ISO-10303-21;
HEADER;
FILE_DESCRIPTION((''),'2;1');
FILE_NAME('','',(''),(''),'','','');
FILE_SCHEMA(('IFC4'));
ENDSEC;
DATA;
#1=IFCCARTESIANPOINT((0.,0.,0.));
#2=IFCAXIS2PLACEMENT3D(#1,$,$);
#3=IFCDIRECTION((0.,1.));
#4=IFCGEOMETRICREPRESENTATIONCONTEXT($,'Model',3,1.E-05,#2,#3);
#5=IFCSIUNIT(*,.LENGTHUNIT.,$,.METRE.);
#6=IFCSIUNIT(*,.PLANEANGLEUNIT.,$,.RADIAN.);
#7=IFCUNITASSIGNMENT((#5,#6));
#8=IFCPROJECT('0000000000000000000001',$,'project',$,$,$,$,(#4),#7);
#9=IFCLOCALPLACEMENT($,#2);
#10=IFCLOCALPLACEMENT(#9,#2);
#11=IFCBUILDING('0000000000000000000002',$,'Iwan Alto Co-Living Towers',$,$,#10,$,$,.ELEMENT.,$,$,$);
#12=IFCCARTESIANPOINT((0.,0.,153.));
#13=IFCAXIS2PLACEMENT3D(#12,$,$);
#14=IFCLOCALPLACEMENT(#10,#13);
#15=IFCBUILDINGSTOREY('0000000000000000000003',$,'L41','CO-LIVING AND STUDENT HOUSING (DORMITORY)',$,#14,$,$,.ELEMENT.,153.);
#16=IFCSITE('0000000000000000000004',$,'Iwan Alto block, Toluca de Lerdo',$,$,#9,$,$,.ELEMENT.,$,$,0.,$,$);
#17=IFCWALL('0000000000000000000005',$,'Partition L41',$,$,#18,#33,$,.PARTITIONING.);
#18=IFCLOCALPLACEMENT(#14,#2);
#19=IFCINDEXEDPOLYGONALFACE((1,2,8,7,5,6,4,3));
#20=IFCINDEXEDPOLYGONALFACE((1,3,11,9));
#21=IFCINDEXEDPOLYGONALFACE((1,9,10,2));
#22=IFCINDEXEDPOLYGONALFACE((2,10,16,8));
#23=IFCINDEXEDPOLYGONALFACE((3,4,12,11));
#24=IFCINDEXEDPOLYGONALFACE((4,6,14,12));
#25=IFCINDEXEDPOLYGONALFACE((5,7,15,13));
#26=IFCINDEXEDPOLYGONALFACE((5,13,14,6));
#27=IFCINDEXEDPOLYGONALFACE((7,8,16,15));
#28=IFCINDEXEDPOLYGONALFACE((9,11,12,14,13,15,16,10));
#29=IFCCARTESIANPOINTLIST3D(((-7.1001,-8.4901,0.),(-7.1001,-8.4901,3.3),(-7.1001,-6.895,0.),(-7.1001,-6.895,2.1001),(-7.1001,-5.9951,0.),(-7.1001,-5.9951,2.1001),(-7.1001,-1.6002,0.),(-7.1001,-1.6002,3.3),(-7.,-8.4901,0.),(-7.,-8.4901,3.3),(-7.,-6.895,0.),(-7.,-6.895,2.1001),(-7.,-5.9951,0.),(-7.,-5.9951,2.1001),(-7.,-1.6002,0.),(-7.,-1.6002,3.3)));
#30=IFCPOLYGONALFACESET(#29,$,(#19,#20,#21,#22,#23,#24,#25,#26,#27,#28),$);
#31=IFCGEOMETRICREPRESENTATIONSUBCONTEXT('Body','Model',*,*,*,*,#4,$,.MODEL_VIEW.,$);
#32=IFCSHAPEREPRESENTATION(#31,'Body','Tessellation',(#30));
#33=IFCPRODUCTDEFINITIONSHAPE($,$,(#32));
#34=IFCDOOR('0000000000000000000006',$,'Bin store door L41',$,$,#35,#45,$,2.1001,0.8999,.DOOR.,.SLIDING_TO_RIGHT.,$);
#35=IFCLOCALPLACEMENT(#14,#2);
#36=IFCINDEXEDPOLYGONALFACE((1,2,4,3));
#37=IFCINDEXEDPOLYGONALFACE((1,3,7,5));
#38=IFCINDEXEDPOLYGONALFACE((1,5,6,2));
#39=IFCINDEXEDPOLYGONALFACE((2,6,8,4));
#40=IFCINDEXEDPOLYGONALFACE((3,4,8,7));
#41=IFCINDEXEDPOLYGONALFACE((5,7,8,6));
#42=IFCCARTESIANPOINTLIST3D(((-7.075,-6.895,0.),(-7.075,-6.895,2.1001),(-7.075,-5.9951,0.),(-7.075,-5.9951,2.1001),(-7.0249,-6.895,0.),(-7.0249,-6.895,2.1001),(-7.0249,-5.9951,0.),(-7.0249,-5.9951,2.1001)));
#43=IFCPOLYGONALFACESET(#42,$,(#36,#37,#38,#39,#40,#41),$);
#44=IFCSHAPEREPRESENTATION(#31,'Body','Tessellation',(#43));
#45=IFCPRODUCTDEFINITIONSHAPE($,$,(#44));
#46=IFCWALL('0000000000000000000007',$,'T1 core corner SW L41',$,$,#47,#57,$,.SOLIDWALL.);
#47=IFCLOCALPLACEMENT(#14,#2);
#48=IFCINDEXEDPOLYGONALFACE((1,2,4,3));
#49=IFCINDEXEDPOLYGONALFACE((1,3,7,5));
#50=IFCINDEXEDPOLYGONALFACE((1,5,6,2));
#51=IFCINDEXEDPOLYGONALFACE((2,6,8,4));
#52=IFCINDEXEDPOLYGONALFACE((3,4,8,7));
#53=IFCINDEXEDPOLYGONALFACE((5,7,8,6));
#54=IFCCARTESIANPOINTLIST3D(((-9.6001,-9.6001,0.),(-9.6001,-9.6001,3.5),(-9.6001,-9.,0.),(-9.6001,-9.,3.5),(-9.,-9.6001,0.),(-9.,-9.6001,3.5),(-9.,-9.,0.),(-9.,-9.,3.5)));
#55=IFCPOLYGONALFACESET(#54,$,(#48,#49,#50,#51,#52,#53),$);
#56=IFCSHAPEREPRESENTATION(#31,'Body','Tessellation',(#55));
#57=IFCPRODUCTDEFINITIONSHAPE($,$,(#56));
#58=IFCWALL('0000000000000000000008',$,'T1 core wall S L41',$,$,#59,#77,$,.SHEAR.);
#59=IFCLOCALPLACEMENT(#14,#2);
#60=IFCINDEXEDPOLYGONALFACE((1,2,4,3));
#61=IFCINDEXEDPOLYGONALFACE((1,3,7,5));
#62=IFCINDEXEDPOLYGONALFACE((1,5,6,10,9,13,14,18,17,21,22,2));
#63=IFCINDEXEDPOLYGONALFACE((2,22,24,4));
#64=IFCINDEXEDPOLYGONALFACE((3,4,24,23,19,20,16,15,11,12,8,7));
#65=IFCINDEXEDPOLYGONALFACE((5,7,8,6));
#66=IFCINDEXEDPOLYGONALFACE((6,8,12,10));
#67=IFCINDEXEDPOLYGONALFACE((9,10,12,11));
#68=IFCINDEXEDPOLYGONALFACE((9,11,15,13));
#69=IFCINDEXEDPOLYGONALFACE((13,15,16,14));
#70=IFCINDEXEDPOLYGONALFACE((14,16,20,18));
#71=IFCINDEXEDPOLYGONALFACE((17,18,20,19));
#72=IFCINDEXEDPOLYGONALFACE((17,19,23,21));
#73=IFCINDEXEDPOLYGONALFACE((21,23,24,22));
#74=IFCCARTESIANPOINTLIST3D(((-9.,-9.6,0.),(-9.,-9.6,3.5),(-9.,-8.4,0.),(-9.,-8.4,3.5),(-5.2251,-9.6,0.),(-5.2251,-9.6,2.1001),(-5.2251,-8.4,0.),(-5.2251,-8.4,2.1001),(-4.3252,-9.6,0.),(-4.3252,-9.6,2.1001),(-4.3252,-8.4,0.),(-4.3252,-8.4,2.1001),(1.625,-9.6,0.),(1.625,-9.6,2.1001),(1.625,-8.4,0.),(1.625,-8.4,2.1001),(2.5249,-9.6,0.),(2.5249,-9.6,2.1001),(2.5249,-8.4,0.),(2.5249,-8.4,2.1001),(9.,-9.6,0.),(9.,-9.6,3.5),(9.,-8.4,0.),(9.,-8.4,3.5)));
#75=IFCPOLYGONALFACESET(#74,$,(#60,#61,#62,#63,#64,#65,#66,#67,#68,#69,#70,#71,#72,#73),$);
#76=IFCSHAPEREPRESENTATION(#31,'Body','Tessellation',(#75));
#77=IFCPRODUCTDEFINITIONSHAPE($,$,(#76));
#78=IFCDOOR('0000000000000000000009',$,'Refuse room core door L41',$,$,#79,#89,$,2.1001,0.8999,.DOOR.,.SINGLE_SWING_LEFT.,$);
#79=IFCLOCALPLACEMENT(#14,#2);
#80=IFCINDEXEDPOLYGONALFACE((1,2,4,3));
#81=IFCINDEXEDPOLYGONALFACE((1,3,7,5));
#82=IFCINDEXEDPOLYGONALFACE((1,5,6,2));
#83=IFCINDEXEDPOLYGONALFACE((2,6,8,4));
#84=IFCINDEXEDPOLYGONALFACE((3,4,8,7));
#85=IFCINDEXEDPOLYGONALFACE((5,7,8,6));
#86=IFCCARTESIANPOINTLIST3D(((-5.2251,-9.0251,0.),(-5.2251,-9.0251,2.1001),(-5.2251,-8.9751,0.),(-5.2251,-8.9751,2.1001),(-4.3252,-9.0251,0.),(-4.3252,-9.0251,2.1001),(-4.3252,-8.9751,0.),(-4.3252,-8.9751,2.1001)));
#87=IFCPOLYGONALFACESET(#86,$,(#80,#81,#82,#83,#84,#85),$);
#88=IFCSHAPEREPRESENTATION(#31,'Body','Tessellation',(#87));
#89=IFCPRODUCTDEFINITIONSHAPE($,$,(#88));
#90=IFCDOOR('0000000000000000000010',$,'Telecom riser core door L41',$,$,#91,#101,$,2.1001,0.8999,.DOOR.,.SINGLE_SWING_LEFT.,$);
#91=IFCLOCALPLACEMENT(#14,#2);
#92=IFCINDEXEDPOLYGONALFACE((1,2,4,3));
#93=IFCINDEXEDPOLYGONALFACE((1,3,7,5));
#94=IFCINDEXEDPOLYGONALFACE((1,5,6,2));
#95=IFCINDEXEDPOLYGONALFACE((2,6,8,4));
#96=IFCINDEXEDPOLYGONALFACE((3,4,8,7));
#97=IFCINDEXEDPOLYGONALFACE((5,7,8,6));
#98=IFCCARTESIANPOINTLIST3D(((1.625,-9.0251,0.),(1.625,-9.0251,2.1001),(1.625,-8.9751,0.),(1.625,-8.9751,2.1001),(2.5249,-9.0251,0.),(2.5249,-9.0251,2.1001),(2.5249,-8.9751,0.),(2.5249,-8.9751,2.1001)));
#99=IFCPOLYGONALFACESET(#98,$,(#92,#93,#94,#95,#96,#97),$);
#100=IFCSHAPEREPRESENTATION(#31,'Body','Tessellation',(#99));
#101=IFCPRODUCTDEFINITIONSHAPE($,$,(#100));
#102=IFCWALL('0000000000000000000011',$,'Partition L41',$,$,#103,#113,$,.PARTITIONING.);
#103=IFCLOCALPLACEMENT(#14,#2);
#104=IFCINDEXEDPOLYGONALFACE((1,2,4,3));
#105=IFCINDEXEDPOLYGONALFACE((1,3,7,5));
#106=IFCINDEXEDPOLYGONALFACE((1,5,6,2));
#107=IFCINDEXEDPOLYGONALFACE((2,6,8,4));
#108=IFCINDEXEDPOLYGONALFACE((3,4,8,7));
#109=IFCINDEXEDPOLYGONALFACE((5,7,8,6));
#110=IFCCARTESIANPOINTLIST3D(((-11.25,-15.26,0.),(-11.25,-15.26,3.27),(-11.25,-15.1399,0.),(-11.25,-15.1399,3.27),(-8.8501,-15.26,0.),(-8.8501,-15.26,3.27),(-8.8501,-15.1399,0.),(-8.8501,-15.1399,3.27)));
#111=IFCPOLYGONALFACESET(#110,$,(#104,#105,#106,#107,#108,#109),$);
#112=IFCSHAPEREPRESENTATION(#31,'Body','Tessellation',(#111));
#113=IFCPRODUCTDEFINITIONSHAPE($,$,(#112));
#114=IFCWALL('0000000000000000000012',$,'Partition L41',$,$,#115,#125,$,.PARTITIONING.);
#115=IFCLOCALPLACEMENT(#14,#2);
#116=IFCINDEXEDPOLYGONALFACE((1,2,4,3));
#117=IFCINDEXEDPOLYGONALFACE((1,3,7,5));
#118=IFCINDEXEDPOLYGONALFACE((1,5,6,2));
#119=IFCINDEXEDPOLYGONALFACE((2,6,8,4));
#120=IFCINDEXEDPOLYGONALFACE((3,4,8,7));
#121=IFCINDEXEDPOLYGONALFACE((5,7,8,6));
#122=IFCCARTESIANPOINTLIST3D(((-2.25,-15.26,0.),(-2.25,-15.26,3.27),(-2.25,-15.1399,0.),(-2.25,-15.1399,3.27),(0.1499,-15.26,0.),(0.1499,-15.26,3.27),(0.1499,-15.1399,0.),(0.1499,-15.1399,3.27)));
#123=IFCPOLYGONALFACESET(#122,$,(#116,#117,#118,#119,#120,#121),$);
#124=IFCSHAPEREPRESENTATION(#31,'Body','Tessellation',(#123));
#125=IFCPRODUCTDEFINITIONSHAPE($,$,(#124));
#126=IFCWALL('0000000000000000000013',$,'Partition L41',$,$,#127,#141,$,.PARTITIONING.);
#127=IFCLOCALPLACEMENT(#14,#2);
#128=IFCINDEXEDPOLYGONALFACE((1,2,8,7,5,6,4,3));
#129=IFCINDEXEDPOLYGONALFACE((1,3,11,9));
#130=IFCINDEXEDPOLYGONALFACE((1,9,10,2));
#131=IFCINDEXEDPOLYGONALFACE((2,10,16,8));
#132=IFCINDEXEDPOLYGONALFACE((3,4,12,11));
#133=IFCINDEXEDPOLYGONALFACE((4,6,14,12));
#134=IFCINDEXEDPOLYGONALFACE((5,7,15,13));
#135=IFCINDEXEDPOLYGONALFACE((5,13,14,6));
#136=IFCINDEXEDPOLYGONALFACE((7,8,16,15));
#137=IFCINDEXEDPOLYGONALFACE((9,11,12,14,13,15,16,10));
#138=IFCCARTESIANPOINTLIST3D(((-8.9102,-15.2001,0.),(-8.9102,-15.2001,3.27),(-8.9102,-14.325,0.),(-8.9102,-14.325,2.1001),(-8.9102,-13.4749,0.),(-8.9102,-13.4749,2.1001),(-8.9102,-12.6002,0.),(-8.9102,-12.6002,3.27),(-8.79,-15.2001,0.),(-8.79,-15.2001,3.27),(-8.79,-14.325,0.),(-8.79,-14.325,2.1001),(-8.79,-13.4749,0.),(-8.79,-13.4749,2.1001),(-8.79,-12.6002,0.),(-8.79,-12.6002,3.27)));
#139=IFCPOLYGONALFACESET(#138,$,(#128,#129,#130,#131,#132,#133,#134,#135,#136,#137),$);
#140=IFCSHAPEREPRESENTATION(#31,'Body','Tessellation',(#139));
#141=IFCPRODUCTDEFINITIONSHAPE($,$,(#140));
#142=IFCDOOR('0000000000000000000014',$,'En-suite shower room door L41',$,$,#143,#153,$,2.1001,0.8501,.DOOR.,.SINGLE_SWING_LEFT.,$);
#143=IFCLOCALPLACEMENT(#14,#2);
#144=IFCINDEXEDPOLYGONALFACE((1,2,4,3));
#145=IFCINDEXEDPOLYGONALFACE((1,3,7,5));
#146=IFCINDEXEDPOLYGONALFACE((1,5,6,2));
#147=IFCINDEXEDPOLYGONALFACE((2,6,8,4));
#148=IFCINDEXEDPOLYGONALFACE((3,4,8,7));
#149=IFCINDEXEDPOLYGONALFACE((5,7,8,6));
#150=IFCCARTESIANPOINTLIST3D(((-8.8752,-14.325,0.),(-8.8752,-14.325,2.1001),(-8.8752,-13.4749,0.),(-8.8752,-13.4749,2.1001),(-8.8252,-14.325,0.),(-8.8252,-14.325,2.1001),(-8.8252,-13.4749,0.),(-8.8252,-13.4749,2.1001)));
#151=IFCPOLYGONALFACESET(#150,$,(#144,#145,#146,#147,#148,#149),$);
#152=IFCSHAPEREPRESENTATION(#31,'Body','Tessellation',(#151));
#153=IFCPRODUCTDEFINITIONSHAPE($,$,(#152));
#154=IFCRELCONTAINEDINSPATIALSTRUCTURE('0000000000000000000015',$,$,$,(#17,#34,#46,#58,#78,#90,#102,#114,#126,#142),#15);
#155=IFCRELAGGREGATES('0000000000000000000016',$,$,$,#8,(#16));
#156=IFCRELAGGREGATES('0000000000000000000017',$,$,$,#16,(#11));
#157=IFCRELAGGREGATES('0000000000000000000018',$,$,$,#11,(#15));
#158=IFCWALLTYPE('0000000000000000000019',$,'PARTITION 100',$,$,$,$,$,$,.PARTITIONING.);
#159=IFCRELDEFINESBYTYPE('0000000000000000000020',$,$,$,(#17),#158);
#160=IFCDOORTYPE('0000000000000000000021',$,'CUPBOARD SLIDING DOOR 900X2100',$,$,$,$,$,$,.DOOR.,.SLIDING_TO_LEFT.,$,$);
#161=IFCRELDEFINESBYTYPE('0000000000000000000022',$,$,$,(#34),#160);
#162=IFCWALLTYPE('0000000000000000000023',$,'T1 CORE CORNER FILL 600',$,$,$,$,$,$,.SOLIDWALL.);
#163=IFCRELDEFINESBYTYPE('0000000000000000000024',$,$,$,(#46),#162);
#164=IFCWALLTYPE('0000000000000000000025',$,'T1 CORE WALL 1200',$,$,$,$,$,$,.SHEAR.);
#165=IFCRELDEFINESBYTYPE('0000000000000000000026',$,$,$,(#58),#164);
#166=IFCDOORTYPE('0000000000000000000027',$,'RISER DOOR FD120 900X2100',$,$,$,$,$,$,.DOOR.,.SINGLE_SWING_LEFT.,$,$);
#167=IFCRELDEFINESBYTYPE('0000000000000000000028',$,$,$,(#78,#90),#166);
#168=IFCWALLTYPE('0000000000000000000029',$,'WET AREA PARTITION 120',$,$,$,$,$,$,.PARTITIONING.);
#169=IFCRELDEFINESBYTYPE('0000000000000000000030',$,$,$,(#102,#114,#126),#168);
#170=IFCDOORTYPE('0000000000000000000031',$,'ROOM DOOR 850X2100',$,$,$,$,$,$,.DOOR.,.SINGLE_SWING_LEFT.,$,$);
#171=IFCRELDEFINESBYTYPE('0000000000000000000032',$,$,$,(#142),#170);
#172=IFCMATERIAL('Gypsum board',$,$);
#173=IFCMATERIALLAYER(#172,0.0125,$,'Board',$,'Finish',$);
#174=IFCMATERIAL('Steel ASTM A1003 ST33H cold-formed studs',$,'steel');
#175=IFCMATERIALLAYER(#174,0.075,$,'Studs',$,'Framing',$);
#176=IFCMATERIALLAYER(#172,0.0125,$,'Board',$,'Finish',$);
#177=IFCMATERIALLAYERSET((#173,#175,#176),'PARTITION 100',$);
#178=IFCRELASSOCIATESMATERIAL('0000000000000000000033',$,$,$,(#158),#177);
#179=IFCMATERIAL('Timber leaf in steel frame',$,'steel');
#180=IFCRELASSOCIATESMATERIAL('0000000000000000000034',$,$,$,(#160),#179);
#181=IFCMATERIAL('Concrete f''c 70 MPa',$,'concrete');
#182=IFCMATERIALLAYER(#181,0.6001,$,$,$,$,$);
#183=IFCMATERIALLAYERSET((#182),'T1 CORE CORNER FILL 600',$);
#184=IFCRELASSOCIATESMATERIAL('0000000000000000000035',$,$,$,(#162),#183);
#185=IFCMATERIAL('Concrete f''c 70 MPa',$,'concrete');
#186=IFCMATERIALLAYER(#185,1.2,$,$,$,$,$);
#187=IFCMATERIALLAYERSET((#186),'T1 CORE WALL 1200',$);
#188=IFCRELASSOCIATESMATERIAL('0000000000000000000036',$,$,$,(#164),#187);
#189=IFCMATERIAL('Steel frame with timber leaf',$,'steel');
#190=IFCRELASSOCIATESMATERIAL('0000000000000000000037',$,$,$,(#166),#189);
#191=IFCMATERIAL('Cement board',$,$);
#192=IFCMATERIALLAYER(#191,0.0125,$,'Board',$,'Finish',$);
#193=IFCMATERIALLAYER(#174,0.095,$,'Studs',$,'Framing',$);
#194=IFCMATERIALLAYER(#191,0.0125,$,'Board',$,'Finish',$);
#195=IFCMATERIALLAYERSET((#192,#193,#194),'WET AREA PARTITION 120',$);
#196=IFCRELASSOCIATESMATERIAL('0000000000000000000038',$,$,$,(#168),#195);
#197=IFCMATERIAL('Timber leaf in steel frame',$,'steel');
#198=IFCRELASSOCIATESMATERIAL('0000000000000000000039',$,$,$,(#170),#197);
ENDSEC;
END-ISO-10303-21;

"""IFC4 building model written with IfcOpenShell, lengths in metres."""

from ifc_helpers import new_model, si_unit, direction, frame, frame_2d, origin, place, context, subcontext, project, spatial, rectangle, extrude, material, layer, layer_set, type_object, element, fill, save


model = new_model("IFC4")

# Units and contexts
model_context = context("Model", 3, precision=1e-05, world=origin(), true_north=direction((0.0, 1.0)))
body_context = subcontext(model_context, "Body", "Model", "MODEL_VIEW")
ifc_project = project(units=[si_unit("LENGTHUNIT", "METRE"), si_unit("PLANEANGLEUNIT", "RADIAN")], contexts=[model_context])

# Site, building, storey
site_placement = place(None, origin())
site = spatial("IfcSite", under=ifc_project, at=site_placement, Name="Iwan Alto block, Toluca de Lerdo", CompositionType="ELEMENT", RefElevation=0.0)
building_placement = place(site_placement, origin())
building = spatial("IfcBuilding", under=site, at=building_placement, Name="Iwan Alto Co-Living Towers", CompositionType="ELEMENT")
storey_placement = place(building_placement, frame((0.0, 0.0, 153.0)))
storey = spatial("IfcBuildingStorey", under=building, at=storey_placement, Name="L41", Description="CO-LIVING AND STUDENT HOUSING (DORMITORY)", CompositionType="ELEMENT", Elevation=153.0)

# Shared definitions
ifc_material_1 = material(Name="Gypsum board")
ifc_material_2 = material(Name="Steel ASTM A1003 ST33H cold-formed studs", Category="steel")

# Wall, opening, door
ifc_layer_1 = layer(ifc_material_1, 0.0125, Name="Board", Category="Finish")
ifc_layer_2 = layer(ifc_material_2, 0.075, Name="Studs", Category="Framing")
ifc_layer_3 = layer(ifc_material_1, 0.0125, Name="Board", Category="Finish")
ifc_layer_set_1 = layer_set([ifc_layer_1, ifc_layer_2, ifc_layer_3], Name="PARTITION 100")
wall_type_1 = type_object("IfcWallType", Name="PARTITION 100", PredefinedType="PARTITIONING", material=ifc_layer_set_1)
wall_1_placement = place(storey_placement, frame((-7.05, -8.49, 0.0), z_axis=(0.0, 0.0, 1.0), x_axis=(0.0, 1.0, 0.0)))
wall_1 = element("IfcWall", 1, at=wall_1_placement, inside=storey, type_object=wall_type_1, Name="Partition L41", PredefinedType="PARTITIONING", context=body_context, shape_type="SweptSolid", body=[
    extrude(rectangle(XDim=6.8899, YDim=0.1001, at=frame_2d((3.4448, 0.0))), origin(), (0.0, 0.0, 1.0), 3.3),
])
opening_1_placement = place(wall_1_placement, frame((1.595, 0.0, 0.0)))
opening_1 = element("IfcOpeningElement", 2, at=opening_1_placement, cuts=wall_1, PredefinedType="OPENING", context=body_context, shape_type="SweptSolid", body=[
    extrude(rectangle(XDim=0.8999, YDim=2.1001, at=frame_2d((0.45, 1.05))), frame((0.0, 0.0601, 0.0), z_axis=(0.0, -1.0, 0.0), x_axis=(1.0, 0.0, 0.0)), (0.0, 0.0, 1.0), 0.1201),
])
ifc_material_3 = material(Name="Timber leaf in steel frame", Category="steel")
door_type_1 = type_object("IfcDoorType", Name="CUPBOARD SLIDING DOOR 900X2100", OperationType="SLIDING_TO_LEFT", PredefinedType="DOOR", material=ifc_material_3)
door_1_placement = place(opening_1_placement, origin())
door_1 = element("IfcDoor", 3, at=door_1_placement, inside=storey, type_object=door_type_1, Name="Bin store door L41", OperationType="SLIDING_TO_RIGHT", OverallHeight=2.1001, OverallWidth=0.8999, PredefinedType="DOOR", context=body_context, shape_type="SweptSolid", body=[
    extrude(rectangle(XDim=0.8999, YDim=2.1001, at=frame_2d((0.45, 1.05))), frame((0.0, 0.0249, 0.0), z_axis=(0.0, -1.0, 0.0), x_axis=(1.0, 0.0, 0.0)), (0.0, 0.0, 1.0), 0.05),
])
fill(opening_1, door_1)

# Wall
ifc_material_4 = material(Name="Concrete f'c 70 MPa", Category="concrete")
ifc_layer_4 = layer(ifc_material_4, 0.6001)
ifc_layer_set_2 = layer_set([ifc_layer_4], Name="T1 CORE CORNER FILL 600")
wall_type_2 = type_object("IfcWallType", Name="T1 CORE CORNER FILL 600", PredefinedType="SOLIDWALL", material=ifc_layer_set_2)
wall_2_placement = place(storey_placement, frame((-9.6001, -9.3, 0.0), z_axis=(0.0, 0.0, 1.0), x_axis=(1.0, 0.0, 0.0)))
element("IfcWall", 4, at=wall_2_placement, inside=storey, type_object=wall_type_2, Name="T1 core corner SW L41", PredefinedType="SOLIDWALL", context=body_context, shape_type="SweptSolid", body=[
    extrude(rectangle(XDim=0.6001, YDim=0.6001, at=frame_2d((0.3, 0.0))), origin(), (0.0, 0.0, 1.0), 3.5),
])

# Wall, openings, doors
ifc_material_5 = material(Name="Concrete f'c 70 MPa", Category="concrete")
ifc_layer_5 = layer(ifc_material_5, 1.2)
ifc_layer_set_3 = layer_set([ifc_layer_5], Name="T1 CORE WALL 1200")
wall_type_3 = type_object("IfcWallType", Name="T1 CORE WALL 1200", PredefinedType="SHEAR", material=ifc_layer_set_3)
wall_3_placement = place(storey_placement, frame((-9.0, -9.0, 0.0), z_axis=(0.0, 0.0, 1.0), x_axis=(1.0, 0.0, 0.0)))
wall_3 = element("IfcWall", 5, at=wall_3_placement, inside=storey, type_object=wall_type_3, Name="T1 core wall S L41", PredefinedType="SHEAR", context=body_context, shape_type="SweptSolid", body=[
    extrude(rectangle(XDim=18.0, YDim=1.2, at=frame_2d((9.0, 0.0))), origin(), (0.0, 0.0, 1.0), 3.5),
])
opening_2_placement = place(wall_3_placement, frame((3.7749, 0.0, 0.0)))
opening_2 = element("IfcOpeningElement", 6, at=opening_2_placement, cuts=wall_3, PredefinedType="OPENING", context=body_context, shape_type="SweptSolid", body=[
    extrude(rectangle(XDim=0.8999, YDim=2.1001, at=frame_2d((0.45, 1.05))), frame((0.0, 0.6099, 0.0), z_axis=(0.0, -1.0, 0.0), x_axis=(1.0, 0.0, 0.0)), (0.0, 0.0, 1.0), 1.22),
])
opening_3_placement = place(wall_3_placement, frame((10.625, 0.0, 0.0)))
opening_3 = element("IfcOpeningElement", 7, at=opening_3_placement, cuts=wall_3, PredefinedType="OPENING", context=body_context, shape_type="SweptSolid", body=[
    extrude(rectangle(XDim=0.8999, YDim=2.1001, at=frame_2d((0.45, 1.05))), frame((0.0, 0.6099, 0.0), z_axis=(0.0, -1.0, 0.0), x_axis=(1.0, 0.0, 0.0)), (0.0, 0.0, 1.0), 1.22),
])
ifc_material_6 = material(Name="Steel frame with timber leaf", Category="steel")
door_type_2 = type_object("IfcDoorType", Name="RISER DOOR FD120 900X2100", OperationType="SINGLE_SWING_LEFT", PredefinedType="DOOR", material=ifc_material_6)
door_2_placement = place(opening_2_placement, origin())
door_2 = element("IfcDoor", 8, at=door_2_placement, inside=storey, type_object=door_type_2, Name="Refuse room core door L41", OperationType="SINGLE_SWING_LEFT", OverallHeight=2.1001, OverallWidth=0.8999, PredefinedType="DOOR", context=body_context, shape_type="SweptSolid", body=[
    extrude(rectangle(XDim=0.8999, YDim=2.1001, at=frame_2d((0.45, 1.05))), frame((0.0, 0.0249, 0.0), z_axis=(0.0, -1.0, 0.0), x_axis=(1.0, 0.0, 0.0)), (0.0, 0.0, 1.0), 0.05),
])
fill(opening_2, door_2)
door_3_placement = place(opening_3_placement, origin())
door_3 = element("IfcDoor", 9, at=door_3_placement, inside=storey, type_object=door_type_2, Name="Telecom riser core door L41", OperationType="SINGLE_SWING_LEFT", OverallHeight=2.1001, OverallWidth=0.8999, PredefinedType="DOOR", context=body_context, shape_type="SweptSolid", body=[
    extrude(rectangle(XDim=0.8999, YDim=2.1001, at=frame_2d((0.45, 1.05))), frame((0.0, 0.0249, 0.0), z_axis=(0.0, -1.0, 0.0), x_axis=(1.0, 0.0, 0.0)), (0.0, 0.0, 1.0), 0.05),
])
fill(opening_3, door_3)

# Walls
ifc_material_7 = material(Name="Cement board")
ifc_layer_6 = layer(ifc_material_7, 0.0125, Name="Board", Category="Finish")
ifc_layer_7 = layer(ifc_material_2, 0.095, Name="Studs", Category="Framing")
ifc_layer_8 = layer(ifc_material_7, 0.0125, Name="Board", Category="Finish")
ifc_layer_set_4 = layer_set([ifc_layer_6, ifc_layer_7, ifc_layer_8], Name="WET AREA PARTITION 120")
wall_type_4 = type_object("IfcWallType", Name="WET AREA PARTITION 120", PredefinedType="PARTITIONING", material=ifc_layer_set_4)
for number, where, z_axis, x_axis, name in (
    (10, (-11.25, -15.2, 0.0), (0.0, 0.0, 1.0), (1.0, 0.0, 0.0), "Partition L41"),
    (11, (-2.25, -15.2, 0.0), (0.0, 0.0, 1.0), (1.0, 0.0, 0.0), "Partition L41"),
):
    element("IfcWall", number, at=place(storey_placement, frame(where, z_axis=z_axis, x_axis=x_axis)), inside=storey, type_object=wall_type_4, Name=name, PredefinedType="PARTITIONING", context=body_context, shape_type="SweptSolid", body=[
        extrude(rectangle(XDim=2.3999, YDim=0.1201, at=frame_2d((1.2, 0.0))), origin(), (0.0, 0.0, 1.0), 3.27),
    ])

# Wall, opening, door
wall_4_placement = place(storey_placement, frame((-8.8501, -15.2, 0.0), z_axis=(0.0, 0.0, 1.0), x_axis=(0.0, 1.0, 0.0)))
wall_4 = element("IfcWall", 12, at=wall_4_placement, inside=storey, type_object=wall_type_4, Name="Partition L41", PredefinedType="PARTITIONING", context=body_context, shape_type="SweptSolid", body=[
    extrude(rectangle(XDim=2.5999, YDim=0.1201, at=frame_2d((1.2998, 0.0))), origin(), (0.0, 0.0, 1.0), 3.27),
])
opening_4_placement = place(wall_4_placement, frame((0.875, 0.0, 0.0)))
opening_4 = element("IfcOpeningElement", 13, at=opening_4_placement, cuts=wall_4, PredefinedType="OPENING", context=body_context, shape_type="SweptSolid", body=[
    extrude(rectangle(XDim=0.8501, YDim=2.1001, at=frame_2d((0.425, 1.05))), frame((0.0, 0.0701, 0.0), z_axis=(0.0, -1.0, 0.0), x_axis=(1.0, 0.0, 0.0)), (0.0, 0.0, 1.0), 0.1401),
])
ifc_material_8 = material(Name="Timber leaf in steel frame", Category="steel")
door_type_3 = type_object("IfcDoorType", Name="ROOM DOOR 850X2100", OperationType="SINGLE_SWING_LEFT", PredefinedType="DOOR", material=ifc_material_8)
door_4_placement = place(opening_4_placement, frame((0.8501, 0.0, 0.0), z_axis=(0.0, 0.0, 1.0), x_axis=(-1.0, 0.0, 0.0)))
door_4 = element("IfcDoor", 14, at=door_4_placement, inside=storey, type_object=door_type_3, Name="En-suite shower room door L41", OperationType="SINGLE_SWING_LEFT", OverallHeight=2.1001, OverallWidth=0.8501, PredefinedType="DOOR", context=body_context, shape_type="SweptSolid", body=[
    extrude(rectangle(XDim=0.8501, YDim=2.1001, at=frame_2d((0.425, 1.05))), frame((0.0, 0.0249, 0.0), z_axis=(0.0, -1.0, 0.0), x_axis=(1.0, 0.0, 0.0)), (0.0, 0.0, 1.0), 0.05),
])
fill(opening_4, door_4)

save(model, "model.ifc")
